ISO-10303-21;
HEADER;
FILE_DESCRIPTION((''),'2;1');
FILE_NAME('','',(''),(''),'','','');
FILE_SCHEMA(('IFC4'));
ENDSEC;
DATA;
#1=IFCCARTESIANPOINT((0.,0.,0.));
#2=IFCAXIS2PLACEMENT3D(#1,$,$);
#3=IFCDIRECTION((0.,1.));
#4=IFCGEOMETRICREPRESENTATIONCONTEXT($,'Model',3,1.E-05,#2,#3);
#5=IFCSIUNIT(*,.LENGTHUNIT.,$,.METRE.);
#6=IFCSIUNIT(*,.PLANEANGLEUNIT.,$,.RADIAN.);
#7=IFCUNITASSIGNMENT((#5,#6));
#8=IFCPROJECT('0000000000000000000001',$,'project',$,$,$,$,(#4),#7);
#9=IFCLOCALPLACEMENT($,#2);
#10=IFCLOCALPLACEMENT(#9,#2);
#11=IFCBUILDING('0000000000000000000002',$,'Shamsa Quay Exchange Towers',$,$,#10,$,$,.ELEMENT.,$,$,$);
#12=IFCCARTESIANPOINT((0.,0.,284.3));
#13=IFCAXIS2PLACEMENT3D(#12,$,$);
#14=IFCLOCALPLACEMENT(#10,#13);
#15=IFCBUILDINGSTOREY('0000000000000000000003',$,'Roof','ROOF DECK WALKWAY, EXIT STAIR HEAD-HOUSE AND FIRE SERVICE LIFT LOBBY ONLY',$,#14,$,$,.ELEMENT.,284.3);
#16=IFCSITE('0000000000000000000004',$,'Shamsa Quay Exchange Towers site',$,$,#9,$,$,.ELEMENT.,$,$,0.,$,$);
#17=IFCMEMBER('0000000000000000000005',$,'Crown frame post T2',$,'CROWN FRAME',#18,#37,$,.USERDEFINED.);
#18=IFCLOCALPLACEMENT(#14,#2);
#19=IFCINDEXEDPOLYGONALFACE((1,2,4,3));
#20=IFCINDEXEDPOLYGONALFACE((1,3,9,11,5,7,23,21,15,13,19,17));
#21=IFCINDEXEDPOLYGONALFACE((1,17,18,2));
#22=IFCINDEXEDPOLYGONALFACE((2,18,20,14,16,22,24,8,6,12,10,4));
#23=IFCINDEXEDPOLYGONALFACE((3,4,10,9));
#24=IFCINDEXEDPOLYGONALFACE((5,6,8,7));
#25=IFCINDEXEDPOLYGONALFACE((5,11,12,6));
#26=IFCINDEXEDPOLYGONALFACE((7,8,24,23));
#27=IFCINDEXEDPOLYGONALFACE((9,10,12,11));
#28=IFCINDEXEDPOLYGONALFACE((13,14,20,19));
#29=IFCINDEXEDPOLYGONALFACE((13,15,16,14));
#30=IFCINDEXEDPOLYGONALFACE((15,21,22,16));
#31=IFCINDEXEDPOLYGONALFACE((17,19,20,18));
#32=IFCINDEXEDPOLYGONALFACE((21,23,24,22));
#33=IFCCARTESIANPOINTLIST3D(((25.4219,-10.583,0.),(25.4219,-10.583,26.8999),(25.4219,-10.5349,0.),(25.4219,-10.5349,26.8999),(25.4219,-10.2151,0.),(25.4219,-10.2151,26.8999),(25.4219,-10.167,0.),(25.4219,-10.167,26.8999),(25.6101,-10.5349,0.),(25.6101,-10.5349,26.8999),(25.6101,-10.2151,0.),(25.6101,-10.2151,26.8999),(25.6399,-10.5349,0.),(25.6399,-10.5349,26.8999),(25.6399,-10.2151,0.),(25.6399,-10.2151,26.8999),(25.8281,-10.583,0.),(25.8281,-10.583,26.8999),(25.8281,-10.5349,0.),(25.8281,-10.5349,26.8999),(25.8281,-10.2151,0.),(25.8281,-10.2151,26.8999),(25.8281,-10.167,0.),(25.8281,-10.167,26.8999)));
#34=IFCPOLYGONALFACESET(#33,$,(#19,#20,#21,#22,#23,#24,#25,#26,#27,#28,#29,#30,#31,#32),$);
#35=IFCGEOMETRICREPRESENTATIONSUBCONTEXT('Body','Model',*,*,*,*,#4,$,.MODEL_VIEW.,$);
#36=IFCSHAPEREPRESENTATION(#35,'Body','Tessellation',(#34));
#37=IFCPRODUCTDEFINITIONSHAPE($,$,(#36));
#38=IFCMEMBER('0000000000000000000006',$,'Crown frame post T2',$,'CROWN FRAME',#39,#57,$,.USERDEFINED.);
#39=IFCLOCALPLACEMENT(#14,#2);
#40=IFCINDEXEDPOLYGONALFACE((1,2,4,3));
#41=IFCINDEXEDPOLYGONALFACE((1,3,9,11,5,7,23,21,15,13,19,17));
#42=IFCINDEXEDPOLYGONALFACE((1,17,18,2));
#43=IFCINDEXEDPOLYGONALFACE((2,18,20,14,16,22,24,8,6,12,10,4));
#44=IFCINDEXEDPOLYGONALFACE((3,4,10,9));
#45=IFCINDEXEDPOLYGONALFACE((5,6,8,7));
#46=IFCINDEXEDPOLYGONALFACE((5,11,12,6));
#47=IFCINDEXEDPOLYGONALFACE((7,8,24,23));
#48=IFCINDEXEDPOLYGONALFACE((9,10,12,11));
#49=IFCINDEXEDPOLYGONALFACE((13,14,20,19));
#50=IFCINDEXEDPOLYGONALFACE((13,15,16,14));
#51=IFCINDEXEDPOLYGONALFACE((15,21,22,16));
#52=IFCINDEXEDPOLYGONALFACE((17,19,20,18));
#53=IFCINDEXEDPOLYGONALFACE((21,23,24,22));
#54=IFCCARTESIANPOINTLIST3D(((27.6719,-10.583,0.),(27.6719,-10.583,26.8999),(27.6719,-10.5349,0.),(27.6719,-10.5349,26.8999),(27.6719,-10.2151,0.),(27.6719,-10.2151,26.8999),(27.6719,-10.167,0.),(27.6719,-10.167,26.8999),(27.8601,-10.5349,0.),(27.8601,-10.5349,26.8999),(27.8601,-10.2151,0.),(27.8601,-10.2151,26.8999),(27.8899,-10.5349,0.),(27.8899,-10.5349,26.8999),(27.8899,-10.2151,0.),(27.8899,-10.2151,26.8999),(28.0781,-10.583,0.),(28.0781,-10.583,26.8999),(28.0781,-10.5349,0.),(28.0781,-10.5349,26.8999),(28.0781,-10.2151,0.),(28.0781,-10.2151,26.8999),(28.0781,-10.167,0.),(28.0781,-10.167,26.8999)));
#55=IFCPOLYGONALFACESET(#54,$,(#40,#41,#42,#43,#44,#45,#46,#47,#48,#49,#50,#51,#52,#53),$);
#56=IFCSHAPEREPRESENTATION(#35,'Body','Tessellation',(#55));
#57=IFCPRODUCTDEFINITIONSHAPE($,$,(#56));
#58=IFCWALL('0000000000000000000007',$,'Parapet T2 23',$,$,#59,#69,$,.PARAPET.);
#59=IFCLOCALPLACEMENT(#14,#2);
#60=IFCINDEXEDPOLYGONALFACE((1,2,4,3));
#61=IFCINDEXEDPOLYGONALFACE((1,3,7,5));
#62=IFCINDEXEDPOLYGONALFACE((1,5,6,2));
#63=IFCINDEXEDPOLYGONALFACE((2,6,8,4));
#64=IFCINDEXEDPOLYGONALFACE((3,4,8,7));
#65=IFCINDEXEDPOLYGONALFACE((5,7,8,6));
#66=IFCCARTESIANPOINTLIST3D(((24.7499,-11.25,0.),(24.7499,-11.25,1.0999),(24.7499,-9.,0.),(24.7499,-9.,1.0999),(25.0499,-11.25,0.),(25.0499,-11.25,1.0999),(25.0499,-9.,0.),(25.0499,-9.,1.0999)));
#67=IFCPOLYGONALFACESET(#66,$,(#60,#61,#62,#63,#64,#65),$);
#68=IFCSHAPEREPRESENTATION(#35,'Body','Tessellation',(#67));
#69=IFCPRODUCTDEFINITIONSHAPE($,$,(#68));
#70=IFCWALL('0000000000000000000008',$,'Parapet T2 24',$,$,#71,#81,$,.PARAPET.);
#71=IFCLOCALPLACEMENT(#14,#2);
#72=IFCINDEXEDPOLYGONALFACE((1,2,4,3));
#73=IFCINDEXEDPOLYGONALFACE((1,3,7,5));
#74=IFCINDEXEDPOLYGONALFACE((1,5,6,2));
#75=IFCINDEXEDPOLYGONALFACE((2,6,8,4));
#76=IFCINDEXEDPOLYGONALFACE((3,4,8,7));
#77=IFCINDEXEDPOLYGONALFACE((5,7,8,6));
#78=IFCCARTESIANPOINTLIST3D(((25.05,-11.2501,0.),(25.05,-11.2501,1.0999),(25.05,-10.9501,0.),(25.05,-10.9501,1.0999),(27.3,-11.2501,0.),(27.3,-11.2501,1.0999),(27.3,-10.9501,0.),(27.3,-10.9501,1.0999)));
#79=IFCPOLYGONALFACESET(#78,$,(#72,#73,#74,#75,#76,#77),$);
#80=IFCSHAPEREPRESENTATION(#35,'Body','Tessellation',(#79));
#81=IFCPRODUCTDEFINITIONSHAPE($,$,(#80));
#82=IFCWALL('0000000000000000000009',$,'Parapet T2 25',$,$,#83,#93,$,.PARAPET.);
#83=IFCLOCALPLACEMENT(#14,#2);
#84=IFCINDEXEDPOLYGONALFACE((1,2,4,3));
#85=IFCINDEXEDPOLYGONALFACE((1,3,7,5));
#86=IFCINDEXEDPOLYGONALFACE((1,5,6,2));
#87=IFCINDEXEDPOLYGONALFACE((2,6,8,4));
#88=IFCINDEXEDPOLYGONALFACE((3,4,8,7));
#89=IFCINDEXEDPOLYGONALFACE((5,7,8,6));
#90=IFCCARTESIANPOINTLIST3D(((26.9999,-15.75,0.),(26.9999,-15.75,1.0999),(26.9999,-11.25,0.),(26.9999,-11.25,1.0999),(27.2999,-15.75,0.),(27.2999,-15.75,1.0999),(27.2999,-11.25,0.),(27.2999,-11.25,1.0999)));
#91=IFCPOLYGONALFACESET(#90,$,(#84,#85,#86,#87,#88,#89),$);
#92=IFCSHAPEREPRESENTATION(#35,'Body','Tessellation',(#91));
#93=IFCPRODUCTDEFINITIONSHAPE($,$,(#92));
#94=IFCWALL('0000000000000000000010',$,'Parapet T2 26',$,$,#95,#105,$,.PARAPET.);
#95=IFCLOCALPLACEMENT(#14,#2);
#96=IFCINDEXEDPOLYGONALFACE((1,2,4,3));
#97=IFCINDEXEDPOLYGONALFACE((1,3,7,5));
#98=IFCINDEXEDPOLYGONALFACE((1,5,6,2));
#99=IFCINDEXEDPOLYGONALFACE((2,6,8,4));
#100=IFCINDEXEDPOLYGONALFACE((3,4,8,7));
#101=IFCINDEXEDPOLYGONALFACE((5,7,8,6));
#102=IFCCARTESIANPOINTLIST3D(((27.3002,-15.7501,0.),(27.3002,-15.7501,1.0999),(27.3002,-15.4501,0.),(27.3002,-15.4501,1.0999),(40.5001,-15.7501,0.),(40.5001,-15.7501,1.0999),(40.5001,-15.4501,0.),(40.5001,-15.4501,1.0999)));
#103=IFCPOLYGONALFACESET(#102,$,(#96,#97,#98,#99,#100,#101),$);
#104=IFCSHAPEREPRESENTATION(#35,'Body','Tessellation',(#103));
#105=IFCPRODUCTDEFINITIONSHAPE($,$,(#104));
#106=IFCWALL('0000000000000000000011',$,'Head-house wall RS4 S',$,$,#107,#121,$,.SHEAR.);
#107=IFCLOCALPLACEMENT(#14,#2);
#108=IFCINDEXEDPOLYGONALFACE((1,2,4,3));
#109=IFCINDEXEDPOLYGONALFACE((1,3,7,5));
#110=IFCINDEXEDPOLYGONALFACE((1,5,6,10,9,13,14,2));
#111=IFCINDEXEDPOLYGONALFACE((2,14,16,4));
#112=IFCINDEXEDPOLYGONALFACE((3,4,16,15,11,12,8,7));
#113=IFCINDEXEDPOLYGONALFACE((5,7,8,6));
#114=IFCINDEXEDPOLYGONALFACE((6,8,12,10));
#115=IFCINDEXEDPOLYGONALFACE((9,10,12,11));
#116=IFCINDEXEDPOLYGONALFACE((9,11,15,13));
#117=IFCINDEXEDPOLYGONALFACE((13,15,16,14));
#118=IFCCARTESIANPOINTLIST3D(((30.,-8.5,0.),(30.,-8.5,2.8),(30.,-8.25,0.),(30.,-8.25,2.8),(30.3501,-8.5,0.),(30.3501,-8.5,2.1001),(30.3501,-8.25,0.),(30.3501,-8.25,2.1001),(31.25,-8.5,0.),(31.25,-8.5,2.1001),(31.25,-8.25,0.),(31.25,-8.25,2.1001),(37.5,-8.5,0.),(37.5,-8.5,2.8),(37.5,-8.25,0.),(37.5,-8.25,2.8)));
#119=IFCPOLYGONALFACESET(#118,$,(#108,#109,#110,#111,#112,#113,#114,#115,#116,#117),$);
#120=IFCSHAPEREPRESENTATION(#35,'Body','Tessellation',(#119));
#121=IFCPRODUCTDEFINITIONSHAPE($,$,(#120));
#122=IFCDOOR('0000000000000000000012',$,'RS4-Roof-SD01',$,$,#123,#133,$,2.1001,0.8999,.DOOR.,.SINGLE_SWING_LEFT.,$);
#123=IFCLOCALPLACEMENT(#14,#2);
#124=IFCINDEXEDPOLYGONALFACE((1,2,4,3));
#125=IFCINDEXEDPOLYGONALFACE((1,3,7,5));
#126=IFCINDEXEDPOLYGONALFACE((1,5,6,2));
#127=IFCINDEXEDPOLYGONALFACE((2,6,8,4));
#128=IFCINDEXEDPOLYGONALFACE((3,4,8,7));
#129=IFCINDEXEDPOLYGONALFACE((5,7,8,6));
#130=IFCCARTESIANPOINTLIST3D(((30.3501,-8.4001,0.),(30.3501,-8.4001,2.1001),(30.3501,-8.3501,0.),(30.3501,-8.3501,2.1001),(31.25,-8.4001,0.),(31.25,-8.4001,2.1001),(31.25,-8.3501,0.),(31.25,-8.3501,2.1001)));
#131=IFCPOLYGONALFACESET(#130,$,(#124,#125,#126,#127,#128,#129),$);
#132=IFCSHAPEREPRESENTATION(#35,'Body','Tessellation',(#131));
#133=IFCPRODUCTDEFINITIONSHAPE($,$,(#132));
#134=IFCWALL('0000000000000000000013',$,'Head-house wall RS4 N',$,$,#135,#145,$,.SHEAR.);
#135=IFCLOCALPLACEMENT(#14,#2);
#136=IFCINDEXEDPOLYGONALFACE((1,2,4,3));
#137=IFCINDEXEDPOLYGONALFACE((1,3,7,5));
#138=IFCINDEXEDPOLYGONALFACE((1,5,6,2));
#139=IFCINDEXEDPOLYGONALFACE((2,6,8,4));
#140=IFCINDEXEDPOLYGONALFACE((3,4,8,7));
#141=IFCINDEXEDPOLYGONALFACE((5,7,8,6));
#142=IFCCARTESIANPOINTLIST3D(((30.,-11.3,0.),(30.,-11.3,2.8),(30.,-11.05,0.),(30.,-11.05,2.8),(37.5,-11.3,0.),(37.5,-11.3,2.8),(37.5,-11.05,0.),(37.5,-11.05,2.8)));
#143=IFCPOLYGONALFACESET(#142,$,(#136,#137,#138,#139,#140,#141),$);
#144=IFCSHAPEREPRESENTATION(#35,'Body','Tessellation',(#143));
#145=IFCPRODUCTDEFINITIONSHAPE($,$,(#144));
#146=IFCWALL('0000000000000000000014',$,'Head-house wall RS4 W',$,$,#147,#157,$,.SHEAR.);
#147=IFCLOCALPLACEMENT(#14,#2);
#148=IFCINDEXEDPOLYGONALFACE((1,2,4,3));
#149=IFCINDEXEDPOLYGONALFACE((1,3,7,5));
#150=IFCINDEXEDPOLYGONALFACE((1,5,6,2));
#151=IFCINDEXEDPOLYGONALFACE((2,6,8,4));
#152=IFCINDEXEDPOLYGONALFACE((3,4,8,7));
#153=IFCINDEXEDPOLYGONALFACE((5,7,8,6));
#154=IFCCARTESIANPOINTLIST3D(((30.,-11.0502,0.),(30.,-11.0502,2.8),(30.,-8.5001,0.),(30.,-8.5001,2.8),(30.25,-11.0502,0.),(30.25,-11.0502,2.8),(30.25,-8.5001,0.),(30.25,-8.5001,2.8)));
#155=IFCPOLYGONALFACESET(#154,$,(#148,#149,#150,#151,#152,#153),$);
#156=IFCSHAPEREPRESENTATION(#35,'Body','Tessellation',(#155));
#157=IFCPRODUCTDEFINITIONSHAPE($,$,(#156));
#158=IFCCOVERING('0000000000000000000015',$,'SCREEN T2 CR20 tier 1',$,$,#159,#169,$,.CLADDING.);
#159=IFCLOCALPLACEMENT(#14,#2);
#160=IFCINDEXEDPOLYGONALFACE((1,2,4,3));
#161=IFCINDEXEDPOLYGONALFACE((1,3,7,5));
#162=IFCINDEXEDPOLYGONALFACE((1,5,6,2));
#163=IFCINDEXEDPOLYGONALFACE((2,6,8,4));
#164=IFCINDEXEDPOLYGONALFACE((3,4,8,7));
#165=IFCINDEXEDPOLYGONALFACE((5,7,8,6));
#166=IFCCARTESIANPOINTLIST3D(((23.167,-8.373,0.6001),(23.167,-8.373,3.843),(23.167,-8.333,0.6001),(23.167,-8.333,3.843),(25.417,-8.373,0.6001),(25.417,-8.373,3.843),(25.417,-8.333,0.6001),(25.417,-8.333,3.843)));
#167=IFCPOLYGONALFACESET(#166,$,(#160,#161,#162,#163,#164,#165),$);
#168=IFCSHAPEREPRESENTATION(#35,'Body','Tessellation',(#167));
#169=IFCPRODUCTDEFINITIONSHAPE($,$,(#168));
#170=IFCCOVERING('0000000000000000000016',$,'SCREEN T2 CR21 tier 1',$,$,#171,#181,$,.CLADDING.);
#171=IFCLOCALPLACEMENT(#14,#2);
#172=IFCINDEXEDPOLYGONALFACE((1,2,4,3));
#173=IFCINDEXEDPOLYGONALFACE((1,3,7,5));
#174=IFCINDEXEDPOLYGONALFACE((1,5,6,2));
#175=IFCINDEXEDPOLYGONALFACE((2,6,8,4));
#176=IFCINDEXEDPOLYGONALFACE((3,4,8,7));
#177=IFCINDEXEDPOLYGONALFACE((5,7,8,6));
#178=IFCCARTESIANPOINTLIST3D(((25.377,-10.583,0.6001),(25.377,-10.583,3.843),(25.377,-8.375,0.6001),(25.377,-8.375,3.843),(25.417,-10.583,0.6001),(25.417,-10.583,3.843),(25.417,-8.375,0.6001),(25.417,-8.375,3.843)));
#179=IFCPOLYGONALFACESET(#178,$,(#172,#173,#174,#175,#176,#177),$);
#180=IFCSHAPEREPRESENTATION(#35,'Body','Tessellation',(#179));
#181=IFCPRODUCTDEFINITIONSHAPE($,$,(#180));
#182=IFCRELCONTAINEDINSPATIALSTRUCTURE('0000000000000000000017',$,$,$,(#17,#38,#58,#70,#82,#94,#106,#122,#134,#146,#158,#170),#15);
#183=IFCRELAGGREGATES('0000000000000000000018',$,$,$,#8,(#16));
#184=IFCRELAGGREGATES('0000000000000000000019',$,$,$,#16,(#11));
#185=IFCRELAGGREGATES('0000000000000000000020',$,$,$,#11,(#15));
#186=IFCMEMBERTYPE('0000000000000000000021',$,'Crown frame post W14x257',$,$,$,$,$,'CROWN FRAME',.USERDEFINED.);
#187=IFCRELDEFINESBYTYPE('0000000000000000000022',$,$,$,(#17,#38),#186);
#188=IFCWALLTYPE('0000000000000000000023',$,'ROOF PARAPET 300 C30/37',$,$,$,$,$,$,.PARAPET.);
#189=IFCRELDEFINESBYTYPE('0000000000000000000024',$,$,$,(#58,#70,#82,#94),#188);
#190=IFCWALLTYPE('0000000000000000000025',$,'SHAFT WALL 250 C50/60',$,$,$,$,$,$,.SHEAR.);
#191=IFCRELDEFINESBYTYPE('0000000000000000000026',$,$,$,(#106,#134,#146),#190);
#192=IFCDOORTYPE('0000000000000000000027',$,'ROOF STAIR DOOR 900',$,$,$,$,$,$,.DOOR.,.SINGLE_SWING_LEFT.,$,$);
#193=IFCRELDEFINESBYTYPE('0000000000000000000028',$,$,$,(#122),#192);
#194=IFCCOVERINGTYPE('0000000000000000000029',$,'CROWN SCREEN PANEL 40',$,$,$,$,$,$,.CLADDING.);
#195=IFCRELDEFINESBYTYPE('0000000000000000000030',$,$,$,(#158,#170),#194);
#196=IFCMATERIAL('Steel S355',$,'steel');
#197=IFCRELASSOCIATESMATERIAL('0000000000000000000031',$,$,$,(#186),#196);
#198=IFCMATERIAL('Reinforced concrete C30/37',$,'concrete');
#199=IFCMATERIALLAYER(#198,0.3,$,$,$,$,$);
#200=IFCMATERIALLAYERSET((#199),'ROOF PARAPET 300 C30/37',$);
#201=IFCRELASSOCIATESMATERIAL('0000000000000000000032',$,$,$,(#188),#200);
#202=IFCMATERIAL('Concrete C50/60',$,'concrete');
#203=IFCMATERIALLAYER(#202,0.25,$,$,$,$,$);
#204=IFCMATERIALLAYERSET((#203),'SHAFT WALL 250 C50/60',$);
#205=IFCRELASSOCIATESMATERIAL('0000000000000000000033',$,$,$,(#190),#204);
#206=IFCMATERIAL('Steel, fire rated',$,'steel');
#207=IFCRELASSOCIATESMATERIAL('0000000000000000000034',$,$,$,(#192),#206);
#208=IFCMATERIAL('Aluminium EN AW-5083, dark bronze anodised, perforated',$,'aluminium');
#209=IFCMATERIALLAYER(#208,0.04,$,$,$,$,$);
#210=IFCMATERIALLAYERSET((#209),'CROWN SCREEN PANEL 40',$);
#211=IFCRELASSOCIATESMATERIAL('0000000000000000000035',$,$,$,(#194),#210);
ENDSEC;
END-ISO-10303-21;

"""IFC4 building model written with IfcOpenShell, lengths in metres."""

from ifc_helpers import new_model, si_unit, direction, frame, frame_2d, origin, origin_2d, place, context, subcontext, project, spatial, rectangle, i_section, extrude, material, layer, layer_set, material_profile, profile_set, type_object, element, fill, save


model = new_model("IFC4")

# Units and contexts
model_context = context("Model", 3, precision=1e-05, world=origin(), true_north=direction((0.0, 1.0)))
body_context = subcontext(model_context, "Body", "Model", "MODEL_VIEW")
ifc_project = project(units=[si_unit("LENGTHUNIT", "METRE"), si_unit("PLANEANGLEUNIT", "RADIAN")], contexts=[model_context])

# Site, building, storey
site_placement = place(None, origin())
site = spatial("IfcSite", under=ifc_project, at=site_placement, Name="Shamsa Quay Exchange Towers site", CompositionType="ELEMENT", RefElevation=0.0)
building_placement = place(site_placement, origin())
building = spatial("IfcBuilding", under=site, at=building_placement, Name="Shamsa Quay Exchange Towers", CompositionType="ELEMENT")
storey_placement = place(building_placement, frame((0.0, 0.0, 284.3)))
storey = spatial("IfcBuildingStorey", under=building, at=storey_placement, Name="Roof", Description="ROOF DECK WALKWAY, EXIT STAIR HEAD-HOUSE AND FIRE SERVICE LIFT LOBBY ONLY", CompositionType="ELEMENT", Elevation=284.3)

# Members
ifc_material_1 = material(Name="Steel S355", Category="steel")
ifc_material_profile_1 = material_profile(ifc_material_1, i_section(OverallWidth=0.4062, OverallDepth=0.416, WebThickness=0.0298, FlangeThickness=0.0481, at=origin_2d()), Name="W14x257")
ifc_profile_set_1 = profile_set([ifc_material_profile_1], Name="Steel S355")
member_type_1 = type_object("IfcMemberType", Name="Crown frame post W14x257", ElementType="CROWN FRAME", PredefinedType="USERDEFINED", material=ifc_profile_set_1)
for number, where, name in (
    (1, (25.625, -10.375, 0.0), "Crown frame post T2"),
    (2, (27.875, -10.375, 0.0), "Crown frame post T2"),
):
    element("IfcMember", number, at=place(storey_placement, frame(where)), inside=storey, type_object=member_type_1, Name=name, ObjectType="CROWN FRAME", PredefinedType="USERDEFINED", context=body_context, shape_type="SweptSolid", body=[
        extrude(i_section(OverallWidth=0.4062, OverallDepth=0.416, WebThickness=0.0298, FlangeThickness=0.0481, at=origin_2d()), origin(), (0.0, 0.0, 1.0), 26.8999),
    ])

# Walls
ifc_material_2 = material(Name="Reinforced concrete C30/37", Category="concrete")
ifc_layer_1 = layer(ifc_material_2, 0.3)
ifc_layer_set_1 = layer_set([ifc_layer_1], Name="ROOF PARAPET 300 C30/37")
wall_type_1 = type_object("IfcWallType", Name="ROOF PARAPET 300 C30/37", PredefinedType="PARAPET", material=ifc_layer_set_1)
wall_1_placement = place(storey_placement, frame((24.8999, -9.0, 0.0), z_axis=(0.0, 0.0, 1.0), x_axis=(0.0, -1.0, 0.0)))
element("IfcWall", 3, at=wall_1_placement, inside=storey, type_object=wall_type_1, Name="Parapet T2 23", PredefinedType="PARAPET", context=body_context, shape_type="SweptSolid", body=[
    extrude(rectangle(XDim=2.25, YDim=0.3, at=frame_2d((1.125, 0.0))), origin(), (0.0, 0.0, 1.0), 1.0999),
])
wall_2_placement = place(storey_placement, frame((25.05, -11.1001, 0.0)))
element("IfcWall", 4, at=wall_2_placement, inside=storey, type_object=wall_type_1, Name="Parapet T2 24", PredefinedType="PARAPET", context=body_context, shape_type="SweptSolid", body=[
    extrude(rectangle(XDim=2.25, YDim=0.3, at=frame_2d((1.125, 0.0))), origin(), (0.0, 0.0, 1.0), 1.0999),
])
wall_3_placement = place(storey_placement, frame((27.1499, -11.25, 0.0), z_axis=(0.0, 0.0, 1.0), x_axis=(0.0, -1.0, 0.0)))
element("IfcWall", 5, at=wall_3_placement, inside=storey, type_object=wall_type_1, Name="Parapet T2 25", PredefinedType="PARAPET", context=body_context, shape_type="SweptSolid", body=[
    extrude(rectangle(XDim=4.5, YDim=0.3, at=frame_2d((2.25, 0.0))), origin(), (0.0, 0.0, 1.0), 1.0999),
])
wall_4_placement = place(storey_placement, frame((27.3, -15.6001, 0.0)))
element("IfcWall", 6, at=wall_4_placement, inside=storey, type_object=wall_type_1, Name="Parapet T2 26", PredefinedType="PARAPET", context=body_context, shape_type="SweptSolid", body=[
    extrude(rectangle(XDim=13.2, YDim=0.3, at=frame_2d((6.6001, 0.0))), origin(), (0.0, 0.0, 1.0), 1.0999),
])

# Wall, opening, door
ifc_material_3 = material(Name="Concrete C50/60", Category="concrete")
ifc_layer_2 = layer(ifc_material_3, 0.25)
ifc_layer_set_2 = layer_set([ifc_layer_2], Name="SHAFT WALL 250 C50/60")
wall_type_2 = type_object("IfcWallType", Name="SHAFT WALL 250 C50/60", PredefinedType="SHEAR", material=ifc_layer_set_2)
wall_5_placement = place(storey_placement, frame((30.0, -8.375, 0.0)))
wall_5 = element("IfcWall", 7, at=wall_5_placement, inside=storey, type_object=wall_type_2, Name="Head-house wall RS4 S", PredefinedType="SHEAR", context=body_context, shape_type="SweptSolid", body=[
    extrude(rectangle(XDim=7.5, YDim=0.25, at=frame_2d((3.75, 0.0))), origin(), (0.0, 0.0, 1.0), 2.8),
])
opening_placement = place(wall_5_placement, frame((0.3501, 0.0, 0.0)))
opening = element("IfcOpeningElement", 8, at=opening_placement, cuts=wall_5, PredefinedType="OPENING", context=body_context, shape_type="SweptSolid", body=[
    extrude(rectangle(XDim=0.8999, YDim=2.1001, at=frame_2d((0.45, 1.05))), frame((0.0, 0.135, 0.0), z_axis=(0.0, -1.0, 0.0), x_axis=(1.0, 0.0, 0.0)), (0.0, 0.0, 1.0), 0.27),
])
ifc_material_4 = material(Name="Steel, fire rated", Category="steel")
door_type = type_object("IfcDoorType", Name="ROOF STAIR DOOR 900", OperationType="SINGLE_SWING_LEFT", PredefinedType="DOOR", material=ifc_material_4)
door_placement = place(opening_placement, origin())
door = element("IfcDoor", 9, at=door_placement, inside=storey, type_object=door_type, Name="RS4-Roof-SD01", OperationType="SINGLE_SWING_LEFT", OverallHeight=2.1001, OverallWidth=0.8999, PredefinedType="DOOR", context=body_context, shape_type="SweptSolid", body=[
    extrude(rectangle(XDim=0.8999, YDim=2.1001, at=frame_2d((0.45, 1.05))), frame((0.0, 0.0249, 0.0), z_axis=(0.0, -1.0, 0.0), x_axis=(1.0, 0.0, 0.0)), (0.0, 0.0, 1.0), 0.05),
])
fill(opening, door)

# Walls
wall_6_placement = place(storey_placement, frame((30.0, -11.175, 0.0)))
element("IfcWall", 10, at=wall_6_placement, inside=storey, type_object=wall_type_2, Name="Head-house wall RS4 N", PredefinedType="SHEAR", context=body_context, shape_type="SweptSolid", body=[
    extrude(rectangle(XDim=7.5, YDim=0.25, at=frame_2d((3.75, 0.0))), origin(), (0.0, 0.0, 1.0), 2.8),
])
wall_7_placement = place(storey_placement, frame((30.125, -11.05, 0.0), z_axis=(0.0, 0.0, 1.0), x_axis=(0.0, 1.0, 0.0)))
element("IfcWall", 11, at=wall_7_placement, inside=storey, type_object=wall_type_2, Name="Head-house wall RS4 W", PredefinedType="SHEAR", context=body_context, shape_type="SweptSolid", body=[
    extrude(rectangle(XDim=2.55, YDim=0.25, at=frame_2d((1.2749, 0.0))), origin(), (0.0, 0.0, 1.0), 2.8),
])

# Coverings
ifc_material_5 = material(Name="Aluminium EN AW-5083, dark bronze anodised, perforated", Category="aluminium")
ifc_layer_3 = layer(ifc_material_5, 0.04)
ifc_layer_set_3 = layer_set([ifc_layer_3], Name="CROWN SCREEN PANEL 40")
covering_type = type_object("IfcCoveringType", Name="CROWN SCREEN PANEL 40", PredefinedType="CLADDING", material=ifc_layer_set_3)
covering_1_placement = place(storey_placement, frame((24.292, -8.353, 0.6001)))
element("IfcCovering", 12, at=covering_1_placement, inside=storey, type_object=covering_type, Name="SCREEN T2 CR20 tier 1", PredefinedType="CLADDING", context=body_context, shape_type="SweptSolid", body=[
    extrude(rectangle(XDim=2.25, YDim=0.04, at=origin_2d()), origin(), (0.0, 0.0, 1.0), 3.2429),
])
covering_2_placement = place(storey_placement, frame((25.397, -9.479, 0.6001), z_axis=(0.0, 0.0, 1.0), x_axis=(0.0, -1.0, 0.0)))
element("IfcCovering", 13, at=covering_2_placement, inside=storey, type_object=covering_type, Name="SCREEN T2 CR21 tier 1", PredefinedType="CLADDING", context=body_context, shape_type="SweptSolid", body=[
    extrude(rectangle(XDim=2.208, YDim=0.04, at=origin_2d()), origin(), (0.0, 0.0, 1.0), 3.2429),
])

save(model, "model.ifc")
